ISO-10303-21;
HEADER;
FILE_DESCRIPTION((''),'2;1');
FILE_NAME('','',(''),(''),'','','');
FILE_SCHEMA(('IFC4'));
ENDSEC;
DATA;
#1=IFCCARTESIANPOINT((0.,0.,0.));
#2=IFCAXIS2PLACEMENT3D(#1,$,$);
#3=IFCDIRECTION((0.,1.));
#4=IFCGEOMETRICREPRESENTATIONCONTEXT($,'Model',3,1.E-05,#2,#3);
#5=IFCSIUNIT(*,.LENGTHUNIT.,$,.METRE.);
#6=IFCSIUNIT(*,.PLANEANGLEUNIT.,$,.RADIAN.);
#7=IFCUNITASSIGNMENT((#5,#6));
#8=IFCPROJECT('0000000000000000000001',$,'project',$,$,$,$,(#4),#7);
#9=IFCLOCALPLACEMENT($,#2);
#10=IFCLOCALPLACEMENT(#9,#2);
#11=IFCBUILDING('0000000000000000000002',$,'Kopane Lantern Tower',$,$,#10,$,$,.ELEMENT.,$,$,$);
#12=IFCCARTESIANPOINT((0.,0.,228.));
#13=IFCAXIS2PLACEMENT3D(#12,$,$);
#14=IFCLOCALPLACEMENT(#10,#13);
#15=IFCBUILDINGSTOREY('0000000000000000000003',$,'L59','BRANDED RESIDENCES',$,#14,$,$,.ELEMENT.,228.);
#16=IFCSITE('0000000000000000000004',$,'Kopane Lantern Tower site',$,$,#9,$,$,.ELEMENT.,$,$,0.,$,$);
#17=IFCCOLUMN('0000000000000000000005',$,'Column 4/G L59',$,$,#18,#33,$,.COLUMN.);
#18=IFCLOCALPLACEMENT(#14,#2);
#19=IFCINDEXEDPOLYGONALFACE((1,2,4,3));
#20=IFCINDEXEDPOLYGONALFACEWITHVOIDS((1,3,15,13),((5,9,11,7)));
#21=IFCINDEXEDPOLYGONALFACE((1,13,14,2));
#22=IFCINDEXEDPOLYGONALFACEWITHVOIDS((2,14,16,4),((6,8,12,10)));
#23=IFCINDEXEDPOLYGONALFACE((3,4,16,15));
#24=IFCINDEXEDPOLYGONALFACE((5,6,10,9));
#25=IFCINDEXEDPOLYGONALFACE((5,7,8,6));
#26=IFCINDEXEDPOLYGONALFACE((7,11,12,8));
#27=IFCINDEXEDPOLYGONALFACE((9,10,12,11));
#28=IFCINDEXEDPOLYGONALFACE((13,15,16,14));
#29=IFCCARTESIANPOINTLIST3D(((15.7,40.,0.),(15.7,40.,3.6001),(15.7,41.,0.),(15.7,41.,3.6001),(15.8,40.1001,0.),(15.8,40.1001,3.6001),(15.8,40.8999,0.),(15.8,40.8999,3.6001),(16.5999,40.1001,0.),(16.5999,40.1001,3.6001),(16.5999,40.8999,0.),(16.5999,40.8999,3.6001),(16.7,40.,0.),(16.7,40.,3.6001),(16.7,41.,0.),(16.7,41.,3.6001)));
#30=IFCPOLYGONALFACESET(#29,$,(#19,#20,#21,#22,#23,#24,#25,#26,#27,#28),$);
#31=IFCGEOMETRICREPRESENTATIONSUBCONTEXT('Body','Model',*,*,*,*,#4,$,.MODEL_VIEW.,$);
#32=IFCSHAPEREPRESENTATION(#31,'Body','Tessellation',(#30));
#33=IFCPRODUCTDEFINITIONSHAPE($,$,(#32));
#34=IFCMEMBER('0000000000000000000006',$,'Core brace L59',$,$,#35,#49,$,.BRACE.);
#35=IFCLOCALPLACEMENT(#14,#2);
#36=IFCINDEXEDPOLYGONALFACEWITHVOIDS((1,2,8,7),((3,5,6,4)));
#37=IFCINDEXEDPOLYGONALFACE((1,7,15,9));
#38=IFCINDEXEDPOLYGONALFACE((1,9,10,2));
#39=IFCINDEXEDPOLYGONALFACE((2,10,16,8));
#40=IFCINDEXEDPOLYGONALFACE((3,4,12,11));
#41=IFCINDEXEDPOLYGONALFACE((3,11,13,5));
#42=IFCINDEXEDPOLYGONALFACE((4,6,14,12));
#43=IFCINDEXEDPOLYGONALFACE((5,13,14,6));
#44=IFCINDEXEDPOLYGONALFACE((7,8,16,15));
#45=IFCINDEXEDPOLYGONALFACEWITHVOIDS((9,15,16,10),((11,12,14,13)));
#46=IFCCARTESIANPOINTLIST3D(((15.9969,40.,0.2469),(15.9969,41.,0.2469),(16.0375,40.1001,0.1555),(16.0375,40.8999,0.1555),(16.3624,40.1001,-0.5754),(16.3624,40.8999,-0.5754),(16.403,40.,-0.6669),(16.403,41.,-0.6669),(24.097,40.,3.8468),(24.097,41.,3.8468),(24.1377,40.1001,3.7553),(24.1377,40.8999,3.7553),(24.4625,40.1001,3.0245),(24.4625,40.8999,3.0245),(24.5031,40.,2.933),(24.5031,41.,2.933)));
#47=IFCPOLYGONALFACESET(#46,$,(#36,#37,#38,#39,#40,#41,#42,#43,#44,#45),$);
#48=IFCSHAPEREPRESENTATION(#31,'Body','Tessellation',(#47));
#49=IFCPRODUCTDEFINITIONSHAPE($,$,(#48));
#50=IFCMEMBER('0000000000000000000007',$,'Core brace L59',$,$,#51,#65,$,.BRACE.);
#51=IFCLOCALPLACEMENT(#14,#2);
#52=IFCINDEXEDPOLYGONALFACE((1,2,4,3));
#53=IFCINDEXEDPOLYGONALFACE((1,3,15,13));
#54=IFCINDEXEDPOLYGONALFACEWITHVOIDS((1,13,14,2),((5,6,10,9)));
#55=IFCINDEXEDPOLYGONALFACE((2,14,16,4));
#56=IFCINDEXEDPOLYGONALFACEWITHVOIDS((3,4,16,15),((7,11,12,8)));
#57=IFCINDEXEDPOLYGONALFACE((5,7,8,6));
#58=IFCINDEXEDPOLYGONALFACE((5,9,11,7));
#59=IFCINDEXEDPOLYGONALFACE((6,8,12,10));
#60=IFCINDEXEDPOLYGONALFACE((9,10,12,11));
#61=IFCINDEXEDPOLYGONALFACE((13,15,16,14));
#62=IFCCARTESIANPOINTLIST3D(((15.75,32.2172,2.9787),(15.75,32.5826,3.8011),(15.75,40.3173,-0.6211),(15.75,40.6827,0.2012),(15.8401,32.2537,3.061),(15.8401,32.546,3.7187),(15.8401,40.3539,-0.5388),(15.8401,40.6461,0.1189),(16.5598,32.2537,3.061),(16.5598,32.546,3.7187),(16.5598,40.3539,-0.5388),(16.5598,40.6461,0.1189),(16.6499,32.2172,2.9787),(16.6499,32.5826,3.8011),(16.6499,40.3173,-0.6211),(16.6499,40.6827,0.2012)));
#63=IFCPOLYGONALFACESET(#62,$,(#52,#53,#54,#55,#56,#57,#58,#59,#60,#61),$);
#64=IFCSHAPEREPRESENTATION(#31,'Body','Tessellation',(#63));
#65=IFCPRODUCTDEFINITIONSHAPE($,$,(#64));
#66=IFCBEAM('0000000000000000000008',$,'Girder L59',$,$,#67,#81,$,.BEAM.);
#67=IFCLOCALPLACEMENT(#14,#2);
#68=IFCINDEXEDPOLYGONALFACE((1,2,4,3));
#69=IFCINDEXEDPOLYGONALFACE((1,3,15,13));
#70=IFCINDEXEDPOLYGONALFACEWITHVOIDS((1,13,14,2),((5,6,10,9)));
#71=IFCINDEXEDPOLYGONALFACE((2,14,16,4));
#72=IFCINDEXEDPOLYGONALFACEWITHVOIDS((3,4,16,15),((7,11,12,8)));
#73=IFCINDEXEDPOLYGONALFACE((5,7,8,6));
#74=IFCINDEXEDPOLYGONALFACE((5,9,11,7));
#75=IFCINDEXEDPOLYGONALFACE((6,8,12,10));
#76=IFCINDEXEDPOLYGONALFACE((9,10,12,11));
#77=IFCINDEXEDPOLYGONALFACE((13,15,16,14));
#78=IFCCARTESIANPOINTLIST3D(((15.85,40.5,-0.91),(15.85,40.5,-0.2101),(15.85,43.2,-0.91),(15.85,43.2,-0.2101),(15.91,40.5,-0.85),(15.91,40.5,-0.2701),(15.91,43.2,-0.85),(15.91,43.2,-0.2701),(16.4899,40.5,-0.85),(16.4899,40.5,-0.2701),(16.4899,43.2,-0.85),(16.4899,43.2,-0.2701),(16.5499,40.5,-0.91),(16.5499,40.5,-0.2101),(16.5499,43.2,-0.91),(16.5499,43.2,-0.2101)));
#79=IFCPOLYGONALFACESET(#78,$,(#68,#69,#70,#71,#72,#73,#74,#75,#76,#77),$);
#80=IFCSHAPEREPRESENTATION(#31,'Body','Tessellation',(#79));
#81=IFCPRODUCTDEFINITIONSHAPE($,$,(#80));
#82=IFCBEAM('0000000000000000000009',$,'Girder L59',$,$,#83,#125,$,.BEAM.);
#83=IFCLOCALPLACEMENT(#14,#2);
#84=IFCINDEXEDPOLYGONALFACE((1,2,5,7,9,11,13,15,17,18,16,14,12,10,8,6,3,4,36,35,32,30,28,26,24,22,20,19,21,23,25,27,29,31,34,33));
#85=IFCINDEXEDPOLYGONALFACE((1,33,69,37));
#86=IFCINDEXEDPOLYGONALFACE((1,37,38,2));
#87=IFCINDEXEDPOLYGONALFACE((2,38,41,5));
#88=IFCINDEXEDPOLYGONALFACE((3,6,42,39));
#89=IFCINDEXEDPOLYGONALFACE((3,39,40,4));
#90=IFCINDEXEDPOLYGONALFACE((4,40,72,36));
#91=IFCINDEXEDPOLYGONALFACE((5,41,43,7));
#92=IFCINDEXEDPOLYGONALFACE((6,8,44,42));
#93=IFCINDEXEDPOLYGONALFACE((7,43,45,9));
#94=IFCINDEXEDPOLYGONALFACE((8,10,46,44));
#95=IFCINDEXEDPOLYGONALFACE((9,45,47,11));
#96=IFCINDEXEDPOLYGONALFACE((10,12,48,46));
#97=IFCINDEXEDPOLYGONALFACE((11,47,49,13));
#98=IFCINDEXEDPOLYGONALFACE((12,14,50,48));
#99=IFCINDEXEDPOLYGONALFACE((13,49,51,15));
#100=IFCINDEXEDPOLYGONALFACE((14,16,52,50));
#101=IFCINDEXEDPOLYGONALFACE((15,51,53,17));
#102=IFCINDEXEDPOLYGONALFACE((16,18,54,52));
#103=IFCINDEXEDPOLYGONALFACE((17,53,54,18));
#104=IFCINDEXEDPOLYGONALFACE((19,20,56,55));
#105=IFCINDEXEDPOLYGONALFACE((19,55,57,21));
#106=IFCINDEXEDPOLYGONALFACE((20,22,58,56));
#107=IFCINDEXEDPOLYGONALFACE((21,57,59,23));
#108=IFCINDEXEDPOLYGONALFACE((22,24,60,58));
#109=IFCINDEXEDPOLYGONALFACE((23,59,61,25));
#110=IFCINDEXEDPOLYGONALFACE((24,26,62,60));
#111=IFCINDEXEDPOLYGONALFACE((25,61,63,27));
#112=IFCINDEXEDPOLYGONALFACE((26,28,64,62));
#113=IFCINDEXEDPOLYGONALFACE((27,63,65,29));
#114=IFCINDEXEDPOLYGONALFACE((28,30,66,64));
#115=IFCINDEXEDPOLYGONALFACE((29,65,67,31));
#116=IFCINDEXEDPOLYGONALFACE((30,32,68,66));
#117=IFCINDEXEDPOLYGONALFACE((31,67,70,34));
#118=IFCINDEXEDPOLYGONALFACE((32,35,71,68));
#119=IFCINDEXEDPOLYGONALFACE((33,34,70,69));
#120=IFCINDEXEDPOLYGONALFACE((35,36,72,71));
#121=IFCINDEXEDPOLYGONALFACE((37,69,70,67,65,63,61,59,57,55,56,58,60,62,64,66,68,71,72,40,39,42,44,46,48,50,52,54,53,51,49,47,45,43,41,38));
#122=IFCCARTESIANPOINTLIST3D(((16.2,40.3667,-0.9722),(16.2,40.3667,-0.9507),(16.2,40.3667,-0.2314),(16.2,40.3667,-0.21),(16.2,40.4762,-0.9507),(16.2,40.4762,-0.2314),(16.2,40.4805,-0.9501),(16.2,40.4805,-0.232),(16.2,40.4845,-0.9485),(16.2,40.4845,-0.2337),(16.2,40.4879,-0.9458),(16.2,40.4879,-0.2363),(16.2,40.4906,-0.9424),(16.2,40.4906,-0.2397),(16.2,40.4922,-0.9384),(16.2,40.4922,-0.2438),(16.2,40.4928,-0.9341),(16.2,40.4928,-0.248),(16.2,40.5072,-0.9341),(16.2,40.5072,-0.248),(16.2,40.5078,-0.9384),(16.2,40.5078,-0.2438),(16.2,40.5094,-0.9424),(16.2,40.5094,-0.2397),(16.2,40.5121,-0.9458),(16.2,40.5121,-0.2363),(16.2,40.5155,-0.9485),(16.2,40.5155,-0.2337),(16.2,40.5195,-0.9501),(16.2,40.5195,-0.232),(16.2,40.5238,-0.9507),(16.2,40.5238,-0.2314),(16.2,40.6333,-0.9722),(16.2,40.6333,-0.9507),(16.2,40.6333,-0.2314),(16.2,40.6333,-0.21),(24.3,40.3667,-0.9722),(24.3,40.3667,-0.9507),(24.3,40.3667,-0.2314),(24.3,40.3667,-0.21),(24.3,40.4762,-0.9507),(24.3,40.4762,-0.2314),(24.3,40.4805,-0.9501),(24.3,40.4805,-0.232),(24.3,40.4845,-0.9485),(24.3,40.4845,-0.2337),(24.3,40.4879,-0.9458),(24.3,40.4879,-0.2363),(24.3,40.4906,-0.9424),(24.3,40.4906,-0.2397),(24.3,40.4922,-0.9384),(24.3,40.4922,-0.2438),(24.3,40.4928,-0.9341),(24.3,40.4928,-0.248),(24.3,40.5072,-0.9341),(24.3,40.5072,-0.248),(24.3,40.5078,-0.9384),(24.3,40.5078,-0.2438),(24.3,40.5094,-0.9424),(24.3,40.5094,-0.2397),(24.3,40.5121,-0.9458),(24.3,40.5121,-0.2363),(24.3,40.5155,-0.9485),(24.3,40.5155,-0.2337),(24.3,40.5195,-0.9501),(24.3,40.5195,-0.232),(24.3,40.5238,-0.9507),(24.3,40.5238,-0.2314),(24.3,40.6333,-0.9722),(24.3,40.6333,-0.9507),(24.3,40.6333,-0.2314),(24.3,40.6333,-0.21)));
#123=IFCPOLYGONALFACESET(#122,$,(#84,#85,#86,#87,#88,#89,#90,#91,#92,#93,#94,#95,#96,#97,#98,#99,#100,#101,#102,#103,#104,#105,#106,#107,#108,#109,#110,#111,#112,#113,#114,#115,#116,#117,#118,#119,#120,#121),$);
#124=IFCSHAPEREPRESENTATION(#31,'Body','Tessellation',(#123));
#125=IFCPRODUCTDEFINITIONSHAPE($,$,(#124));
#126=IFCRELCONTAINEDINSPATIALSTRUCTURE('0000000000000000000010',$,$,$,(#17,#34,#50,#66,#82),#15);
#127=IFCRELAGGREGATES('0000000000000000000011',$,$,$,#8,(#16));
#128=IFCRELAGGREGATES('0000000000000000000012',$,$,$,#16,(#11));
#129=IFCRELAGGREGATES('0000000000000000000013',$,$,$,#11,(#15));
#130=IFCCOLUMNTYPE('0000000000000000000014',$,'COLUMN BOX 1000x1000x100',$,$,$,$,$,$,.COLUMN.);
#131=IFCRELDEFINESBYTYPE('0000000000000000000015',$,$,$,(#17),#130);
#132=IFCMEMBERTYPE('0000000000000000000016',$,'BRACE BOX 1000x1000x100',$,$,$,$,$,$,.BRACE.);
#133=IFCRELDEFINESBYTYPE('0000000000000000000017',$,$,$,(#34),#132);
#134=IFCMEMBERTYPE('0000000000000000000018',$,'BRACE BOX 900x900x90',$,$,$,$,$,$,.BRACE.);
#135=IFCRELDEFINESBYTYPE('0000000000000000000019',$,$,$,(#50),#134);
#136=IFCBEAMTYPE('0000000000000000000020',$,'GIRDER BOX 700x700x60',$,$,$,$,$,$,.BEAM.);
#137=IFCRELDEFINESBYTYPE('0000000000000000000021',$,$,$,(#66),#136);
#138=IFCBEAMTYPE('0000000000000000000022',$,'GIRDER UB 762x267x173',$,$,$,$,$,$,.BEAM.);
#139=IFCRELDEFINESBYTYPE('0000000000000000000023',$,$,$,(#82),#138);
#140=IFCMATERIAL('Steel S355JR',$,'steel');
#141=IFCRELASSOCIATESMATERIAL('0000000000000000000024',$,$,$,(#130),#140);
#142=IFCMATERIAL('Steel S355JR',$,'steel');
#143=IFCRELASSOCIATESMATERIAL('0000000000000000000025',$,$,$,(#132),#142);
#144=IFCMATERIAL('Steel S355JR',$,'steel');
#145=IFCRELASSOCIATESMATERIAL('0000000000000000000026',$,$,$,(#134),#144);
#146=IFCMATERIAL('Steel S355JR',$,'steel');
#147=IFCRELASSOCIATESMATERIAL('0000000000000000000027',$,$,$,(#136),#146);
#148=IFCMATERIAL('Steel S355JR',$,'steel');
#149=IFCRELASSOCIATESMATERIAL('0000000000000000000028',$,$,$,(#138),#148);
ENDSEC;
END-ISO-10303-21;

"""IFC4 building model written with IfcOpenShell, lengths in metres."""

from ifc_helpers import new_model, si_unit, direction, frame, origin, origin_2d, place, context, subcontext, project, spatial, hollow_rectangle, i_section, extrude, material, material_profile, profile_set, type_object, element, save


model = new_model("IFC4")

# Units and contexts
model_context = context("Model", 3, precision=1e-05, world=origin(), true_north=direction((0.0, 1.0)))
body_context = subcontext(model_context, "Body", "Model", "MODEL_VIEW")
ifc_project = project(units=[si_unit("LENGTHUNIT", "METRE"), si_unit("PLANEANGLEUNIT", "RADIAN")], contexts=[model_context])

# Site, building, storey
site_placement = place(None, origin())
site = spatial("IfcSite", under=ifc_project, at=site_placement, Name="Kopane Lantern Tower site", CompositionType="ELEMENT", RefElevation=0.0)
building_placement = place(site_placement, origin())
building = spatial("IfcBuilding", under=site, at=building_placement, Name="Kopane Lantern Tower", CompositionType="ELEMENT")
storey_placement = place(building_placement, frame((0.0, 0.0, 228.0)))
storey = spatial("IfcBuildingStorey", under=building, at=storey_placement, Name="L59", Description="BRANDED RESIDENCES", CompositionType="ELEMENT", Elevation=228.0)

# Column
ifc_material_1 = material(Name="Steel S355JR", Category="steel")
ifc_material_profile_1 = material_profile(ifc_material_1, hollow_rectangle(XDim=1.0, YDim=1.0, WallThickness=0.1001, at=origin_2d()), Name="BOX 1000x1000x100")
ifc_profile_set_1 = profile_set([ifc_material_profile_1], Name="Steel S355JR")
column_type = type_object("IfcColumnType", Name="COLUMN BOX 1000x1000x100", PredefinedType="COLUMN", material=ifc_profile_set_1)
column_placement = place(storey_placement, frame((16.2, 40.5, 0.0), z_axis=(0.0, 0.0, 1.0), x_axis=(1.0, 0.0, 0.0)))
element("IfcColumn", 1, at=column_placement, inside=storey, type_object=column_type, Name="Column 4/G L59", PredefinedType="COLUMN", context=body_context, shape_type="SweptSolid", body=[
    extrude(hollow_rectangle(XDim=1.0, YDim=1.0, WallThickness=0.1001, at=origin_2d()), origin(), (0.0, 0.0, 1.0), 3.6001),
])

# Members
ifc_material_2 = material(Name="Steel S355JR", Category="steel")
ifc_material_profile_2 = material_profile(ifc_material_2, hollow_rectangle(XDim=1.0, YDim=1.0, WallThickness=0.1001, at=origin_2d()), Name="BOX 1000x1000x100")
ifc_profile_set_2 = profile_set([ifc_material_profile_2], Name="Steel S355JR")
member_type_1 = type_object("IfcMemberType", Name="BRACE BOX 1000x1000x100", PredefinedType="BRACE", material=ifc_profile_set_2)
member_1_placement = place(storey_placement, frame((16.2, 40.5, -0.21), z_axis=(0.913819, 0.0, 0.406121), x_axis=(0.0, 1.0, 0.0)))
element("IfcMember", 2, at=member_1_placement, inside=storey, type_object=member_type_1, Name="Core brace L59", PredefinedType="BRACE", context=body_context, shape_type="SweptSolid", body=[
    extrude(hollow_rectangle(XDim=1.0, YDim=1.0, WallThickness=0.1001, at=origin_2d()), origin(), (0.0, 0.0, 1.0), 8.864),
])
ifc_material_3 = material(Name="Steel S355JR", Category="steel")
ifc_material_profile_3 = material_profile(ifc_material_3, hollow_rectangle(XDim=0.8999, YDim=0.8999, WallThickness=0.0901, at=origin_2d()), Name="BOX 900x900x90")
ifc_profile_set_3 = profile_set([ifc_material_profile_3], Name="Steel S355JR")
member_type_2 = type_object("IfcMemberType", Name="BRACE BOX 900x900x90", PredefinedType="BRACE", material=ifc_profile_set_3)
member_2_placement = place(storey_placement, frame((16.2, 40.5, -0.21), z_axis=(0.0, -0.913819, 0.406121), x_axis=(1.0, 0.0, 0.0)))
element("IfcMember", 3, at=member_2_placement, inside=storey, type_object=member_type_2, Name="Core brace L59", PredefinedType="BRACE", context=body_context, shape_type="SweptSolid", body=[
    extrude(hollow_rectangle(XDim=0.8999, YDim=0.8999, WallThickness=0.0901, at=origin_2d()), origin(), (0.0, 0.0, 1.0), 8.864),
])

# Beams
ifc_material_4 = material(Name="Steel S355JR", Category="steel")
ifc_material_profile_4 = material_profile(ifc_material_4, hollow_rectangle(XDim=0.7, YDim=0.7, WallThickness=0.0601, at=origin_2d()), Name="BOX 700x700x60")
ifc_profile_set_4 = profile_set([ifc_material_profile_4], Name="Steel S355JR")
beam_type_1 = type_object("IfcBeamType", Name="GIRDER BOX 700x700x60", PredefinedType="BEAM", material=ifc_profile_set_4)
beam_1_placement = place(storey_placement, frame((16.2, 40.5, -0.5601), z_axis=(0.0, 1.0, 0.0), x_axis=(-1.0, 0.0, 0.0)))
element("IfcBeam", 4, at=beam_1_placement, inside=storey, type_object=beam_type_1, Name="Girder L59", PredefinedType="BEAM", context=body_context, shape_type="SweptSolid", body=[
    extrude(hollow_rectangle(XDim=0.7, YDim=0.7, WallThickness=0.0601, at=origin_2d()), origin(), (0.0, 0.0, 1.0), 2.7),
])
ifc_material_5 = material(Name="Steel S355JR", Category="steel")
ifc_material_profile_5 = material_profile(ifc_material_5, i_section(OverallWidth=0.2666, OverallDepth=0.7622, WebThickness=0.0144, FlangeThickness=0.0215, FilletRadius=0.0166, at=origin_2d()), Name="UB 762x267x173")
ifc_profile_set_5 = profile_set([ifc_material_profile_5], Name="Steel S355JR")
beam_type_2 = type_object("IfcBeamType", Name="GIRDER UB 762x267x173", PredefinedType="BEAM", material=ifc_profile_set_5)
beam_2_placement = place(storey_placement, frame((16.2, 40.5, -0.5911), z_axis=(1.0, 0.0, 0.0), x_axis=(0.0, 1.0, 0.0)))
element("IfcBeam", 5, at=beam_2_placement, inside=storey, type_object=beam_type_2, Name="Girder L59", PredefinedType="BEAM", context=body_context, shape_type="SweptSolid", body=[
    extrude(i_section(OverallWidth=0.2666, OverallDepth=0.7622, WebThickness=0.0144, FlangeThickness=0.0215, FilletRadius=0.0166, at=origin_2d()), origin(), (0.0, 0.0, 1.0), 8.1001),
])

save(model, "model.ifc")
